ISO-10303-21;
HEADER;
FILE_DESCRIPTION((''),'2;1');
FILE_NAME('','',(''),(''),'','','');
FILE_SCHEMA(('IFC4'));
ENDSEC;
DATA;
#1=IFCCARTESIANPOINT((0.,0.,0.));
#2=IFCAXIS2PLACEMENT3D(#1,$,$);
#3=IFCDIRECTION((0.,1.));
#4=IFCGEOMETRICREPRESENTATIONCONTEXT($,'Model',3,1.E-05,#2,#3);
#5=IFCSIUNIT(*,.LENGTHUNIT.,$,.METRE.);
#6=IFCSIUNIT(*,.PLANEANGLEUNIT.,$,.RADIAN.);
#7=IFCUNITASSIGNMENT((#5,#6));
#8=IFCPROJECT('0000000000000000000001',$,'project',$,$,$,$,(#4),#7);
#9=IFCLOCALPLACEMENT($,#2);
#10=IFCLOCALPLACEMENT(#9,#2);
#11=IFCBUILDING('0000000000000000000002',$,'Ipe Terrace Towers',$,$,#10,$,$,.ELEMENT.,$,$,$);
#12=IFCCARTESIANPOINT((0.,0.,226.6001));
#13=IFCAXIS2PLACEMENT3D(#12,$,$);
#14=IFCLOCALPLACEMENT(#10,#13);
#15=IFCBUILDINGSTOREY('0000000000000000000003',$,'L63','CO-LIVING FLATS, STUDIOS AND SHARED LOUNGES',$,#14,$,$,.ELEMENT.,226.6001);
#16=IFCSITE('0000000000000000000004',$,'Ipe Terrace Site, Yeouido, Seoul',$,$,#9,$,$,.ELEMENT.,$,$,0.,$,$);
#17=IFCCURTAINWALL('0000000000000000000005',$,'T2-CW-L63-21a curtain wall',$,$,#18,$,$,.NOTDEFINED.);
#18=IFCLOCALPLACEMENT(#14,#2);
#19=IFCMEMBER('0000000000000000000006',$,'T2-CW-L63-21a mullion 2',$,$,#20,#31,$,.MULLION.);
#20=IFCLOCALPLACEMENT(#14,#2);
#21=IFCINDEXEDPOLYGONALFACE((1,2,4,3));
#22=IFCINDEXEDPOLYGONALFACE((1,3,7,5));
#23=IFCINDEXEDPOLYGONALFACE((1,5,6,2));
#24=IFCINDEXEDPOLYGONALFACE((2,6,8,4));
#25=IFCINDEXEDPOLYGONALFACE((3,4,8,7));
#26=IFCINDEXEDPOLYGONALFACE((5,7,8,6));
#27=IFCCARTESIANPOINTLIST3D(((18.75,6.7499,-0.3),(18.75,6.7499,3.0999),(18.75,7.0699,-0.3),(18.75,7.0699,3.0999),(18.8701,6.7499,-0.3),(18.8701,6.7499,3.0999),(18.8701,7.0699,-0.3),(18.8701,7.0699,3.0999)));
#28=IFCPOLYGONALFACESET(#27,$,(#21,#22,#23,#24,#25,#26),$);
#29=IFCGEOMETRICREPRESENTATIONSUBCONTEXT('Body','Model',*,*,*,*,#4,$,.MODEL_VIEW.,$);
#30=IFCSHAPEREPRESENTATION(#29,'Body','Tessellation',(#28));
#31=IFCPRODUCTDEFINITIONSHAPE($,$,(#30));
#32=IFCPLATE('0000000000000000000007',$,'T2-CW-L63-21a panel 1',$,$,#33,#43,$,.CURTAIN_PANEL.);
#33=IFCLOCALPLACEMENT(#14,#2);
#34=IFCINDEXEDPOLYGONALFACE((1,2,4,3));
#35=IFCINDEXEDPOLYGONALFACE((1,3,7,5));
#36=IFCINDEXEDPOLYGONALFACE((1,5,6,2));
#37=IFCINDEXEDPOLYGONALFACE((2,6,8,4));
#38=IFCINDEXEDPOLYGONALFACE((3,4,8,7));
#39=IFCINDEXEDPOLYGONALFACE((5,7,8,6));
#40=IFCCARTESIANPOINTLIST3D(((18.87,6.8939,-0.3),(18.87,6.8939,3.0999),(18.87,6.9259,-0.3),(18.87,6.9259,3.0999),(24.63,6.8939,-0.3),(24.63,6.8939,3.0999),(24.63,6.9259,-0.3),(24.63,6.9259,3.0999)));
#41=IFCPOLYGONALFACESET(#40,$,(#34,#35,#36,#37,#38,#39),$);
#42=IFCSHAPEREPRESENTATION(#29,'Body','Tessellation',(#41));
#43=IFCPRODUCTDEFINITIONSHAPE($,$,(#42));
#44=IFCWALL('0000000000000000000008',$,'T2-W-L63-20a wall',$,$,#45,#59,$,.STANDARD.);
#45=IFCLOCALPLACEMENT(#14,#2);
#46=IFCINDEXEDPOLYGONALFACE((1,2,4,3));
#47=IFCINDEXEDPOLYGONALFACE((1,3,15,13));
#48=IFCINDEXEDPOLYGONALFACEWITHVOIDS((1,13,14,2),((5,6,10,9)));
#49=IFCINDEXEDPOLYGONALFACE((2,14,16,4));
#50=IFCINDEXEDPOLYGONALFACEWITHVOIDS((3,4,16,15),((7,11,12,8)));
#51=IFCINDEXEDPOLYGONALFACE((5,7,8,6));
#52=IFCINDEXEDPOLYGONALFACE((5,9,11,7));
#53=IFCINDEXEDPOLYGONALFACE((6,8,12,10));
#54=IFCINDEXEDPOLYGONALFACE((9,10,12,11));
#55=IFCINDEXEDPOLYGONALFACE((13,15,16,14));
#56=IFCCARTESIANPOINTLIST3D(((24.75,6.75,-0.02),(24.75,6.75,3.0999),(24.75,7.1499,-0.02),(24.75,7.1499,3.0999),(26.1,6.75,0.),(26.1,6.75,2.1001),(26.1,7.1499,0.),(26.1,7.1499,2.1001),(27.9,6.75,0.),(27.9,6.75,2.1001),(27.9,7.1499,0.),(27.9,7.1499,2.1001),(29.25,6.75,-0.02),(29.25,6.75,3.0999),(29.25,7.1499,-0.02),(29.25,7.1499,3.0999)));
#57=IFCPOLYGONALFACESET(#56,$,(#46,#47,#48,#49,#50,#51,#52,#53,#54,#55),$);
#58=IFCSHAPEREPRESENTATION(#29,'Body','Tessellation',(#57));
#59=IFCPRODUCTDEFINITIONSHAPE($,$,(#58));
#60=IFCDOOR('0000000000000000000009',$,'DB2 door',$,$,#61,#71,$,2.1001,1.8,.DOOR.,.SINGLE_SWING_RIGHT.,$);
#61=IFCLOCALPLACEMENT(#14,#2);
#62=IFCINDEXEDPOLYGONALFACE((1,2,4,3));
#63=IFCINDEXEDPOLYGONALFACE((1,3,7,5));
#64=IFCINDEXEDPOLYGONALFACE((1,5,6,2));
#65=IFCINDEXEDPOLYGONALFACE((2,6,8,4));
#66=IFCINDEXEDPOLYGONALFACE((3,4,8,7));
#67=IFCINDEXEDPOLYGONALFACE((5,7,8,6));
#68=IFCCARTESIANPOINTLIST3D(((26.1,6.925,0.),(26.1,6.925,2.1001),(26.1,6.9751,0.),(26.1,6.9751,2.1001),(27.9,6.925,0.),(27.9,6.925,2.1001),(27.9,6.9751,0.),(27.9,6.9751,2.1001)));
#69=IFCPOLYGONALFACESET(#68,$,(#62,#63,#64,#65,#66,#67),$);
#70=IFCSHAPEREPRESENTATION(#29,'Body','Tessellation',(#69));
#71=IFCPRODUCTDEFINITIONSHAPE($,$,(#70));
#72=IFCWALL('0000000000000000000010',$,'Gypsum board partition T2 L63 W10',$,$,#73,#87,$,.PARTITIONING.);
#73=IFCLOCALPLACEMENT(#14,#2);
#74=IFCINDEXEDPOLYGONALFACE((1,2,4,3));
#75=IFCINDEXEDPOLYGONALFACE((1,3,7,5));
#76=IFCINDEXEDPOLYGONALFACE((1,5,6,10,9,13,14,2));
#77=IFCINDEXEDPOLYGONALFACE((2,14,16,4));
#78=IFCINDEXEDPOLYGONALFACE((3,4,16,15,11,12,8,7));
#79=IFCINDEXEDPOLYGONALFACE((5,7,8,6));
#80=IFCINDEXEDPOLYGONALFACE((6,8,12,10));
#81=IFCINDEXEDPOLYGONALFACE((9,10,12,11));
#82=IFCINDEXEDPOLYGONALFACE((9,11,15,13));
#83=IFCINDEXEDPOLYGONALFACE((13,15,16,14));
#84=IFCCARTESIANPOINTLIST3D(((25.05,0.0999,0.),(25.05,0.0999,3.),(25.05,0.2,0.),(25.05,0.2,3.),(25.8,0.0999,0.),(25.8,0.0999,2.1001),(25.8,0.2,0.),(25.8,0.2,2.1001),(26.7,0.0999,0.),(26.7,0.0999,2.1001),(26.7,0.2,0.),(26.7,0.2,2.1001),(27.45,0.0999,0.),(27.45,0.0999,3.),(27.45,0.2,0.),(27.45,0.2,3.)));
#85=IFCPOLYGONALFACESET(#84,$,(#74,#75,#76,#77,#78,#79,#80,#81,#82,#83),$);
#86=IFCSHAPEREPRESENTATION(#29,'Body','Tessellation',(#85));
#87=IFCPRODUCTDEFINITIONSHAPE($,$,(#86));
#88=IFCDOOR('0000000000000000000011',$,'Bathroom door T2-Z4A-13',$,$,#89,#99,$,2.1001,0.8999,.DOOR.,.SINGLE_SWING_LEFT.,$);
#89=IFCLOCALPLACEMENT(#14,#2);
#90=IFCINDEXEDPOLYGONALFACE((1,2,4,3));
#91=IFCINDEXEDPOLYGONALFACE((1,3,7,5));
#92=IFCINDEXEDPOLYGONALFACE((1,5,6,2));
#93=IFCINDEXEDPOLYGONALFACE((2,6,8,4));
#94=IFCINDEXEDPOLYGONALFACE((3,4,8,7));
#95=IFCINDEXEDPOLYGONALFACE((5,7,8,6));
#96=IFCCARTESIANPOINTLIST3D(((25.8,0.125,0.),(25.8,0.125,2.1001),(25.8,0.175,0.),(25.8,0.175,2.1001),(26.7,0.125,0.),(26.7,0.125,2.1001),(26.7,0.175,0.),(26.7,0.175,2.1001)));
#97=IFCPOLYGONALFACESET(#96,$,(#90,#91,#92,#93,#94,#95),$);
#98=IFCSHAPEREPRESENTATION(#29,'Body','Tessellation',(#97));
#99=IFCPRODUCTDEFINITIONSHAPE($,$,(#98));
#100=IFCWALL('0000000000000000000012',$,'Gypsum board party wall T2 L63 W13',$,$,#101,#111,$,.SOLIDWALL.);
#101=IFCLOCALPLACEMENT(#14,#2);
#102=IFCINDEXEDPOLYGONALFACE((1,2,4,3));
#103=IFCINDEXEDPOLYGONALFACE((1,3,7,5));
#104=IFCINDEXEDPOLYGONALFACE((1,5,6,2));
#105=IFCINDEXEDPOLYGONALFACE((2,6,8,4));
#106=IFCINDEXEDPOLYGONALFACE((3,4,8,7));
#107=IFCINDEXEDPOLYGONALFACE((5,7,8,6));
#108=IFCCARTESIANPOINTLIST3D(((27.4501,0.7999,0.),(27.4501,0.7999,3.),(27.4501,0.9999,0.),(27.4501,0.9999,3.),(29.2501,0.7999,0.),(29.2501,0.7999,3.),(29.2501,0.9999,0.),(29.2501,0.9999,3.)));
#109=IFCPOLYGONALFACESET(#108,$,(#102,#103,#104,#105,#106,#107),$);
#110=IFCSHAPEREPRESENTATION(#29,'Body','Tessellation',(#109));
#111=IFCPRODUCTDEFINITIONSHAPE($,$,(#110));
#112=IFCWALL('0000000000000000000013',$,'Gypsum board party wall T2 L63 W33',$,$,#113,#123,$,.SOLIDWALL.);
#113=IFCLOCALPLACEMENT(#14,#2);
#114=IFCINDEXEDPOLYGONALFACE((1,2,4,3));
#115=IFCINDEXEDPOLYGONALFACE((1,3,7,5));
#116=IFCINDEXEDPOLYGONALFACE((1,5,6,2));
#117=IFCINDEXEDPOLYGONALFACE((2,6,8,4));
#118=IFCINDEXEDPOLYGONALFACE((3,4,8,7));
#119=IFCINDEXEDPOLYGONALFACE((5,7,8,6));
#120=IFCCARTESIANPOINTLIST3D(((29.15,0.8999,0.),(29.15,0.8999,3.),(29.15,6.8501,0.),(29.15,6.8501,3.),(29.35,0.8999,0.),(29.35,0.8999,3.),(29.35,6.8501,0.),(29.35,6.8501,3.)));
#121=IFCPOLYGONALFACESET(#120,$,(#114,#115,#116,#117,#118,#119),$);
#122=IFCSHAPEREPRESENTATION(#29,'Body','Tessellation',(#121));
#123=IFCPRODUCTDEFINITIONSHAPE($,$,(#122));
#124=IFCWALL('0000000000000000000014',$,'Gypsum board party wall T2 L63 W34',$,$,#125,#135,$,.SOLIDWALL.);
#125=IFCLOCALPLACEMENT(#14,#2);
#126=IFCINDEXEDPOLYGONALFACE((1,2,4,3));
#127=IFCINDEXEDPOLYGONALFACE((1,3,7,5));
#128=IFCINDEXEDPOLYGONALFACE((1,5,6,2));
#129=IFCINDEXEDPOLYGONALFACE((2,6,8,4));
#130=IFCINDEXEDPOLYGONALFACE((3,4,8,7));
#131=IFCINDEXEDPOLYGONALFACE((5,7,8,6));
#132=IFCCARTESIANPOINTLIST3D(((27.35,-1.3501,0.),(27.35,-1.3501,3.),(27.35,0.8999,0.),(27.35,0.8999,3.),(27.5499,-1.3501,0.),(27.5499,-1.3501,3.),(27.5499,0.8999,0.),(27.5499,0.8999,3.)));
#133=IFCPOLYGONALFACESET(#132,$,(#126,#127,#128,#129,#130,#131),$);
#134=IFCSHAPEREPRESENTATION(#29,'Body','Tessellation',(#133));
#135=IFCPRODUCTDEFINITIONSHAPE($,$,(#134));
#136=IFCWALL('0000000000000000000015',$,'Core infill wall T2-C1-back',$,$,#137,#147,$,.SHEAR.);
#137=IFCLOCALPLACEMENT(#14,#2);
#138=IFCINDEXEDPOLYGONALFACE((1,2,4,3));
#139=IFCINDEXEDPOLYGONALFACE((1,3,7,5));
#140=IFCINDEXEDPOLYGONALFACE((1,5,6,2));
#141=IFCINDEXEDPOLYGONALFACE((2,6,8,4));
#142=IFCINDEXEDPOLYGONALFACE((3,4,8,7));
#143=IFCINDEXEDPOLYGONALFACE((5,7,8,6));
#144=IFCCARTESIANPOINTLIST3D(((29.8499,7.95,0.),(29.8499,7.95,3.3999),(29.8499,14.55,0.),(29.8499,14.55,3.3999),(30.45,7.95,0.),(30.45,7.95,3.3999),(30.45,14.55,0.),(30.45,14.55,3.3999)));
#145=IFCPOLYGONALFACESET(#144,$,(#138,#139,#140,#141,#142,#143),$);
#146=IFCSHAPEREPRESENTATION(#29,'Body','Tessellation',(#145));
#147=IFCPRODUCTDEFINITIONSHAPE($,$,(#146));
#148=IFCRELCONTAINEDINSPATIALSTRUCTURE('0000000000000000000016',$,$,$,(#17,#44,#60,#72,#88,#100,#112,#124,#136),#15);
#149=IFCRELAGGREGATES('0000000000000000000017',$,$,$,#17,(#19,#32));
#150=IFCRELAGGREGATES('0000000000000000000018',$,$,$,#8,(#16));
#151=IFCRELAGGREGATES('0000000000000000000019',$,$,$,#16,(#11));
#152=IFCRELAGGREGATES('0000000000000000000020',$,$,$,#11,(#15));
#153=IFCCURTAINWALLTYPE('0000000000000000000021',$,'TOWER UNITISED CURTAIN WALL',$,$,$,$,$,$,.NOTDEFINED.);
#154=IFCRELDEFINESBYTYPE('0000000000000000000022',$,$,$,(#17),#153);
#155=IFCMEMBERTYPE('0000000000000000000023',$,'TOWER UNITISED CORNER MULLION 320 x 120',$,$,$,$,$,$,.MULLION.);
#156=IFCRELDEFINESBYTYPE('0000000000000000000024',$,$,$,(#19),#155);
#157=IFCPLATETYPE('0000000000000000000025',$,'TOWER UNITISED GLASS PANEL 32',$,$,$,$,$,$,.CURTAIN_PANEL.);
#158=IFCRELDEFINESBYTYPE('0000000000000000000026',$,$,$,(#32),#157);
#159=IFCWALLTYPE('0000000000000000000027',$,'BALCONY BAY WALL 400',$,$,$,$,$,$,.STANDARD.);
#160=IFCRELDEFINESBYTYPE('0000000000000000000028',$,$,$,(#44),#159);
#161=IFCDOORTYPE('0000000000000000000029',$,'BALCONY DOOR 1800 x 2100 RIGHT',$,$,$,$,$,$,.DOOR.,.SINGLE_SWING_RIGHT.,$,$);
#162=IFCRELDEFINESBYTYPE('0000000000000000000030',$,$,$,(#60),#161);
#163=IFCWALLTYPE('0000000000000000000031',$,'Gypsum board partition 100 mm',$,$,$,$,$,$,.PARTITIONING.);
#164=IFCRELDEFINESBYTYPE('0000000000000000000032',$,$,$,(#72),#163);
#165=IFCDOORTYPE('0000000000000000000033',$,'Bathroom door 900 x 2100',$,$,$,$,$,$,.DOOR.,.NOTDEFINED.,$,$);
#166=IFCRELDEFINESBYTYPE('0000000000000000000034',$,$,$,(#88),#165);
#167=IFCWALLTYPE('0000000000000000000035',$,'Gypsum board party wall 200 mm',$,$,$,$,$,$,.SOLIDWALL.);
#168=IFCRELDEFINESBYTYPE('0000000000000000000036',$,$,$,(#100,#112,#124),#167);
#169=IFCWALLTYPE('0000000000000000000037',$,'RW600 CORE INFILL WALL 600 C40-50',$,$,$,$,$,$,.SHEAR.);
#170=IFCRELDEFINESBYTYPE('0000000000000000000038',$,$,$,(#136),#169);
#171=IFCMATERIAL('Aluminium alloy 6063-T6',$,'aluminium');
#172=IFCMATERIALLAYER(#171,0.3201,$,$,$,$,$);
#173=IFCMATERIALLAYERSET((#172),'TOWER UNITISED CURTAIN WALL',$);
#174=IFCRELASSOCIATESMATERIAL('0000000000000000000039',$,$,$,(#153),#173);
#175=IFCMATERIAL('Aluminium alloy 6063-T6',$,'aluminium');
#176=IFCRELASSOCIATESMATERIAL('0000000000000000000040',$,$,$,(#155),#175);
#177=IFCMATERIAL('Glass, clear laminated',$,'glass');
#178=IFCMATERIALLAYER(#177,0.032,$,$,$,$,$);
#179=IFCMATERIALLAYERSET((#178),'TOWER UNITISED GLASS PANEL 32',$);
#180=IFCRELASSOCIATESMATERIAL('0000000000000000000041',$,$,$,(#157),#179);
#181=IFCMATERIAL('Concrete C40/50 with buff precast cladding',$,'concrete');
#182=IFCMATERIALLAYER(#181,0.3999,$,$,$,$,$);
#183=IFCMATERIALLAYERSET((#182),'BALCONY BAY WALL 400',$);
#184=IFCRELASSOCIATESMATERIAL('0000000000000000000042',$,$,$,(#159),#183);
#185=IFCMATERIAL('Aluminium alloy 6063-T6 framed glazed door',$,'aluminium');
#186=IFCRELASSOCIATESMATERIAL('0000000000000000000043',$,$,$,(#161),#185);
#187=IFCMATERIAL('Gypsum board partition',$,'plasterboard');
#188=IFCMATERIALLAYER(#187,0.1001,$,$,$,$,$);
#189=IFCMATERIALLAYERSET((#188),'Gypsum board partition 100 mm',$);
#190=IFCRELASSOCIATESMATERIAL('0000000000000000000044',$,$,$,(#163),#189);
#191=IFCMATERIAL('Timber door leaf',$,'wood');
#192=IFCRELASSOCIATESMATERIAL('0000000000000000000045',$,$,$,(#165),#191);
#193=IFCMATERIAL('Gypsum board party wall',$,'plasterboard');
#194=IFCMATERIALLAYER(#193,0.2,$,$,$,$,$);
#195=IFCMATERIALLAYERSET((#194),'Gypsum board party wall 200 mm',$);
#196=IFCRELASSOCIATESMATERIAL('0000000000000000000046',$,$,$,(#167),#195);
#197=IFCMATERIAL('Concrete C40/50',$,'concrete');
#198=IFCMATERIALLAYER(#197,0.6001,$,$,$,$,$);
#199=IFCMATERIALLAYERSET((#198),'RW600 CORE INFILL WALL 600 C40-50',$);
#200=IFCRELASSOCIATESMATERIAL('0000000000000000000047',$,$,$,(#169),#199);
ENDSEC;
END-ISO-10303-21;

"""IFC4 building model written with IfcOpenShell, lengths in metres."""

from ifc_helpers import new_model, si_unit, direction, frame, frame_2d, origin, origin_2d, place, context, subcontext, project, spatial, rectangle, extrude, material, layer, layer_set, material_profile, profile_set, type_object, element, fill, aggregate, save


model = new_model("IFC4")

# Units and contexts
model_context = context("Model", 3, precision=1e-05, world=origin(), true_north=direction((0.0, 1.0)))
body_context = subcontext(model_context, "Body", "Model", "MODEL_VIEW")
ifc_project = project(units=[si_unit("LENGTHUNIT", "METRE"), si_unit("PLANEANGLEUNIT", "RADIAN")], contexts=[model_context])

# Site, building, storey
site_placement = place(None, origin())
site = spatial("IfcSite", under=ifc_project, at=site_placement, Name="Ipe Terrace Site, Yeouido, Seoul", CompositionType="ELEMENT", RefElevation=0.0)
building_placement = place(site_placement, origin())
building = spatial("IfcBuilding", under=site, at=building_placement, Name="Ipe Terrace Towers", CompositionType="ELEMENT")
storey_placement = place(building_placement, frame((0.0, 0.0, 226.6001)))
storey = spatial("IfcBuildingStorey", under=building, at=storey_placement, Name="L63", Description="CO-LIVING FLATS, STUDIOS AND SHARED LOUNGES", CompositionType="ELEMENT", Elevation=226.6001)

# Curtain wall, member, plate
ifc_material_1 = material(Name="Aluminium alloy 6063-T6", Category="aluminium")
ifc_layer_1 = layer(ifc_material_1, 0.3201)
ifc_layer_set_1 = layer_set([ifc_layer_1], Name="TOWER UNITISED CURTAIN WALL")
curtain_wall_type = type_object("IfcCurtainWallType", Name="TOWER UNITISED CURTAIN WALL", PredefinedType="NOTDEFINED", material=ifc_layer_set_1)
curtain_wall_placement = place(storey_placement, origin())
curtain_wall = element("IfcCurtainWall", 1, at=curtain_wall_placement, inside=storey, type_object=curtain_wall_type, Name="T2-CW-L63-21a curtain wall", PredefinedType="NOTDEFINED")
ifc_material_2 = material(Name="Aluminium alloy 6063-T6", Category="aluminium")
ifc_material_profile_1 = material_profile(ifc_material_2, rectangle(XDim=0.3201, YDim=0.1201, at=origin_2d()), Name="TOWER UNITISED CORNER MULLION 320 x 120")
ifc_profile_set_1 = profile_set([ifc_material_profile_1], Name="Aluminium alloy 6063-T6")
member_type = type_object("IfcMemberType", Name="TOWER UNITISED CORNER MULLION 320 x 120", PredefinedType="MULLION", material=ifc_profile_set_1)
member_1_placement = place(storey_placement, frame((18.8101, 6.9099, -0.3), z_axis=(0.0, 0.0, 1.0), x_axis=(0.0, 1.0, 0.0)))
member_1 = element("IfcMember", 2, at=member_1_placement, type_object=member_type, Name="T2-CW-L63-21a mullion 2", PredefinedType="MULLION", context=body_context, shape_type="SweptSolid", body=[
    extrude(rectangle(XDim=0.3201, YDim=0.1201, at=origin_2d()), origin(), (0.0, 0.0, 1.0), 3.3999),
])
ifc_material_3 = material(Name="Glass, clear laminated", Category="glass")
ifc_layer_2 = layer(ifc_material_3, 0.032)
ifc_layer_set_2 = layer_set([ifc_layer_2], Name="TOWER UNITISED GLASS PANEL 32")
plate_type = type_object("IfcPlateType", Name="TOWER UNITISED GLASS PANEL 32", PredefinedType="CURTAIN_PANEL", material=ifc_layer_set_2)
plate_placement = place(storey_placement, frame((21.75, 6.9099, -0.3), z_axis=(0.0, 0.0, 1.0), x_axis=(-1.0, 0.0, 0.0)))
plate = element("IfcPlate", 3, at=plate_placement, type_object=plate_type, Name="T2-CW-L63-21a panel 1", PredefinedType="CURTAIN_PANEL", context=body_context, shape_type="SweptSolid", body=[
    extrude(rectangle(XDim=5.76, YDim=0.032, at=origin_2d()), origin(), (0.0, 0.0, 1.0), 3.3999),
])
aggregate(curtain_wall, [member_1, plate])

# Walls, openings, doors
ifc_material_4 = material(Name="Concrete C40/50 with buff precast cladding", Category="concrete")
ifc_layer_3 = layer(ifc_material_4, 0.3999)
ifc_layer_set_3 = layer_set([ifc_layer_3], Name="BALCONY BAY WALL 400")
wall_type_1 = type_object("IfcWallType", Name="BALCONY BAY WALL 400", PredefinedType="STANDARD", material=ifc_layer_set_3)
wall_1_placement = place(storey_placement, frame((29.25, 6.95, -0.02), z_axis=(0.0, 0.0, 1.0), x_axis=(-1.0, 0.0, 0.0)))
wall_1 = element("IfcWall", 4, at=wall_1_placement, inside=storey, type_object=wall_type_1, Name="T2-W-L63-20a wall", PredefinedType="STANDARD", context=body_context, shape_type="SweptSolid", body=[
    extrude(rectangle(XDim=4.5, YDim=0.3999, at=frame_2d((2.25, 0.0))), origin(), (0.0, 0.0, 1.0), 3.1199),
])
opening_1_placement = place(wall_1_placement, frame((1.3501, 0.0, 0.02)))
opening_1 = element("IfcOpeningElement", 5, at=opening_1_placement, cuts=wall_1, PredefinedType="OPENING", context=body_context, shape_type="SweptSolid", body=[
    extrude(rectangle(XDim=1.8, YDim=2.1001, at=frame_2d((0.8999, 1.05))), frame((0.0, 0.21, 0.0), z_axis=(0.0, -1.0, 0.0), x_axis=(1.0, 0.0, 0.0)), (0.0, 0.0, 1.0), 0.4199),
])
ifc_material_5 = material(Name="Aluminium alloy 6063-T6 framed glazed door", Category="aluminium")
door_type_1 = type_object("IfcDoorType", Name="BALCONY DOOR 1800 x 2100 RIGHT", OperationType="SINGLE_SWING_RIGHT", PredefinedType="DOOR", material=ifc_material_5)
door_1_placement = place(opening_1_placement, origin())
door_1 = element("IfcDoor", 6, at=door_1_placement, inside=storey, type_object=door_type_1, Name="DB2 door", OperationType="SINGLE_SWING_RIGHT", OverallHeight=2.1001, OverallWidth=1.8, PredefinedType="DOOR", context=body_context, shape_type="SweptSolid", body=[
    extrude(rectangle(XDim=1.8, YDim=2.1001, at=frame_2d((0.8999, 1.05))), frame((0.0, 0.0249, 0.0), z_axis=(0.0, -1.0, 0.0), x_axis=(1.0, 0.0, 0.0)), (0.0, 0.0, 1.0), 0.05),
])
fill(opening_1, door_1)
ifc_material_6 = material(Name="Gypsum board partition", Category="plasterboard")
ifc_layer_4 = layer(ifc_material_6, 0.1001)
ifc_layer_set_4 = layer_set([ifc_layer_4], Name="Gypsum board partition 100 mm")
wall_type_2 = type_object("IfcWallType", Name="Gypsum board partition 100 mm", PredefinedType="PARTITIONING", material=ifc_layer_set_4)
wall_2_placement = place(storey_placement, frame((27.45, 0.1499, 0.0), z_axis=(0.0, 0.0, 1.0), x_axis=(-1.0, 0.0, 0.0)))
wall_2 = element("IfcWall", 7, at=wall_2_placement, inside=storey, type_object=wall_type_2, Name="Gypsum board partition T2 L63 W10", PredefinedType="PARTITIONING", context=body_context, shape_type="SweptSolid", body=[
    extrude(rectangle(XDim=2.3999, YDim=0.1001, at=frame_2d((1.2, 0.0))), origin(), (0.0, 0.0, 1.0), 3.0),
])
opening_2_placement = place(wall_2_placement, frame((0.75, 0.0, 0.0)))
opening_2 = element("IfcOpeningElement", 8, at=opening_2_placement, cuts=wall_2, PredefinedType="OPENING", context=body_context, shape_type="SweptSolid", body=[
    extrude(rectangle(XDim=0.8999, YDim=2.1001, at=frame_2d((0.45, 1.05))), frame((0.0, 0.0601, 0.0), z_axis=(0.0, -1.0, 0.0), x_axis=(1.0, 0.0, 0.0)), (0.0, 0.0, 1.0), 0.1201),
])
ifc_material_7 = material(Name="Timber door leaf", Category="wood")
door_type_2 = type_object("IfcDoorType", Name="Bathroom door 900 x 2100", OperationType="NOTDEFINED", PredefinedType="DOOR", material=ifc_material_7)
door_2_placement = place(opening_2_placement, origin())
door_2 = element("IfcDoor", 9, at=door_2_placement, inside=storey, type_object=door_type_2, Name="Bathroom door T2-Z4A-13", OperationType="SINGLE_SWING_LEFT", OverallHeight=2.1001, OverallWidth=0.8999, PredefinedType="DOOR", context=body_context, shape_type="SweptSolid", body=[
    extrude(rectangle(XDim=0.8999, YDim=2.1001, at=frame_2d((0.45, 1.05))), frame((0.0, 0.0249, 0.0), z_axis=(0.0, -1.0, 0.0), x_axis=(1.0, 0.0, 0.0)), (0.0, 0.0, 1.0), 0.05),
])
fill(opening_2, door_2)

# Walls
ifc_material_8 = material(Name="Gypsum board party wall", Category="plasterboard")
ifc_layer_5 = layer(ifc_material_8, 0.2)
ifc_layer_set_5 = layer_set([ifc_layer_5], Name="Gypsum board party wall 200 mm")
wall_type_3 = type_object("IfcWallType", Name="Gypsum board party wall 200 mm", PredefinedType="SOLIDWALL", material=ifc_layer_set_5)
wall_3_placement = place(storey_placement, frame((29.25, 0.8999, 0.0), z_axis=(0.0, 0.0, 1.0), x_axis=(-1.0, 0.0, 0.0)))
element("IfcWall", 10, at=wall_3_placement, inside=storey, type_object=wall_type_3, Name="Gypsum board party wall T2 L63 W13", PredefinedType="SOLIDWALL", context=body_context, shape_type="SweptSolid", body=[
    extrude(rectangle(XDim=1.8, YDim=0.2, at=frame_2d((0.8999, 0.0))), origin(), (0.0, 0.0, 1.0), 3.0),
])
wall_4_placement = place(storey_placement, frame((29.25, 0.8999, 0.0), z_axis=(0.0, 0.0, 1.0), x_axis=(0.0, 1.0, 0.0)))
element("IfcWall", 11, at=wall_4_placement, inside=storey, type_object=wall_type_3, Name="Gypsum board party wall T2 L63 W33", PredefinedType="SOLIDWALL", context=body_context, shape_type="SweptSolid", body=[
    extrude(rectangle(XDim=5.9502, YDim=0.2, at=frame_2d((2.9751, 0.0))), origin(), (0.0, 0.0, 1.0), 3.0),
])
wall_5_placement = place(storey_placement, frame((27.45, -1.3501, 0.0), z_axis=(0.0, 0.0, 1.0), x_axis=(0.0, 1.0, 0.0)))
element("IfcWall", 12, at=wall_5_placement, inside=storey, type_object=wall_type_3, Name="Gypsum board party wall T2 L63 W34", PredefinedType="SOLIDWALL", context=body_context, shape_type="SweptSolid", body=[
    extrude(rectangle(XDim=2.25, YDim=0.2, at=frame_2d((1.125, 0.0))), origin(), (0.0, 0.0, 1.0), 3.0),
])
ifc_material_9 = material(Name="Concrete C40/50", Category="concrete")
ifc_layer_6 = layer(ifc_material_9, 0.6001)
ifc_layer_set_6 = layer_set([ifc_layer_6], Name="RW600 CORE INFILL WALL 600 C40-50")
wall_type_4 = type_object("IfcWallType", Name="RW600 CORE INFILL WALL 600 C40-50", PredefinedType="SHEAR", material=ifc_layer_set_6)
wall_6_placement = place(storey_placement, frame((30.1499, 7.95, 0.0), z_axis=(0.0, 0.0, 1.0), x_axis=(0.0, 1.0, 0.0)))
element("IfcWall", 13, at=wall_6_placement, inside=storey, type_object=wall_type_4, Name="Core infill wall T2-C1-back", PredefinedType="SHEAR", context=body_context, shape_type="SweptSolid", body=[
    extrude(rectangle(XDim=6.6001, YDim=0.6001, at=frame_2d((3.3, 0.0))), origin(), (0.0, 0.0, 1.0), 3.3999),
])

save(model, "model.ifc")
